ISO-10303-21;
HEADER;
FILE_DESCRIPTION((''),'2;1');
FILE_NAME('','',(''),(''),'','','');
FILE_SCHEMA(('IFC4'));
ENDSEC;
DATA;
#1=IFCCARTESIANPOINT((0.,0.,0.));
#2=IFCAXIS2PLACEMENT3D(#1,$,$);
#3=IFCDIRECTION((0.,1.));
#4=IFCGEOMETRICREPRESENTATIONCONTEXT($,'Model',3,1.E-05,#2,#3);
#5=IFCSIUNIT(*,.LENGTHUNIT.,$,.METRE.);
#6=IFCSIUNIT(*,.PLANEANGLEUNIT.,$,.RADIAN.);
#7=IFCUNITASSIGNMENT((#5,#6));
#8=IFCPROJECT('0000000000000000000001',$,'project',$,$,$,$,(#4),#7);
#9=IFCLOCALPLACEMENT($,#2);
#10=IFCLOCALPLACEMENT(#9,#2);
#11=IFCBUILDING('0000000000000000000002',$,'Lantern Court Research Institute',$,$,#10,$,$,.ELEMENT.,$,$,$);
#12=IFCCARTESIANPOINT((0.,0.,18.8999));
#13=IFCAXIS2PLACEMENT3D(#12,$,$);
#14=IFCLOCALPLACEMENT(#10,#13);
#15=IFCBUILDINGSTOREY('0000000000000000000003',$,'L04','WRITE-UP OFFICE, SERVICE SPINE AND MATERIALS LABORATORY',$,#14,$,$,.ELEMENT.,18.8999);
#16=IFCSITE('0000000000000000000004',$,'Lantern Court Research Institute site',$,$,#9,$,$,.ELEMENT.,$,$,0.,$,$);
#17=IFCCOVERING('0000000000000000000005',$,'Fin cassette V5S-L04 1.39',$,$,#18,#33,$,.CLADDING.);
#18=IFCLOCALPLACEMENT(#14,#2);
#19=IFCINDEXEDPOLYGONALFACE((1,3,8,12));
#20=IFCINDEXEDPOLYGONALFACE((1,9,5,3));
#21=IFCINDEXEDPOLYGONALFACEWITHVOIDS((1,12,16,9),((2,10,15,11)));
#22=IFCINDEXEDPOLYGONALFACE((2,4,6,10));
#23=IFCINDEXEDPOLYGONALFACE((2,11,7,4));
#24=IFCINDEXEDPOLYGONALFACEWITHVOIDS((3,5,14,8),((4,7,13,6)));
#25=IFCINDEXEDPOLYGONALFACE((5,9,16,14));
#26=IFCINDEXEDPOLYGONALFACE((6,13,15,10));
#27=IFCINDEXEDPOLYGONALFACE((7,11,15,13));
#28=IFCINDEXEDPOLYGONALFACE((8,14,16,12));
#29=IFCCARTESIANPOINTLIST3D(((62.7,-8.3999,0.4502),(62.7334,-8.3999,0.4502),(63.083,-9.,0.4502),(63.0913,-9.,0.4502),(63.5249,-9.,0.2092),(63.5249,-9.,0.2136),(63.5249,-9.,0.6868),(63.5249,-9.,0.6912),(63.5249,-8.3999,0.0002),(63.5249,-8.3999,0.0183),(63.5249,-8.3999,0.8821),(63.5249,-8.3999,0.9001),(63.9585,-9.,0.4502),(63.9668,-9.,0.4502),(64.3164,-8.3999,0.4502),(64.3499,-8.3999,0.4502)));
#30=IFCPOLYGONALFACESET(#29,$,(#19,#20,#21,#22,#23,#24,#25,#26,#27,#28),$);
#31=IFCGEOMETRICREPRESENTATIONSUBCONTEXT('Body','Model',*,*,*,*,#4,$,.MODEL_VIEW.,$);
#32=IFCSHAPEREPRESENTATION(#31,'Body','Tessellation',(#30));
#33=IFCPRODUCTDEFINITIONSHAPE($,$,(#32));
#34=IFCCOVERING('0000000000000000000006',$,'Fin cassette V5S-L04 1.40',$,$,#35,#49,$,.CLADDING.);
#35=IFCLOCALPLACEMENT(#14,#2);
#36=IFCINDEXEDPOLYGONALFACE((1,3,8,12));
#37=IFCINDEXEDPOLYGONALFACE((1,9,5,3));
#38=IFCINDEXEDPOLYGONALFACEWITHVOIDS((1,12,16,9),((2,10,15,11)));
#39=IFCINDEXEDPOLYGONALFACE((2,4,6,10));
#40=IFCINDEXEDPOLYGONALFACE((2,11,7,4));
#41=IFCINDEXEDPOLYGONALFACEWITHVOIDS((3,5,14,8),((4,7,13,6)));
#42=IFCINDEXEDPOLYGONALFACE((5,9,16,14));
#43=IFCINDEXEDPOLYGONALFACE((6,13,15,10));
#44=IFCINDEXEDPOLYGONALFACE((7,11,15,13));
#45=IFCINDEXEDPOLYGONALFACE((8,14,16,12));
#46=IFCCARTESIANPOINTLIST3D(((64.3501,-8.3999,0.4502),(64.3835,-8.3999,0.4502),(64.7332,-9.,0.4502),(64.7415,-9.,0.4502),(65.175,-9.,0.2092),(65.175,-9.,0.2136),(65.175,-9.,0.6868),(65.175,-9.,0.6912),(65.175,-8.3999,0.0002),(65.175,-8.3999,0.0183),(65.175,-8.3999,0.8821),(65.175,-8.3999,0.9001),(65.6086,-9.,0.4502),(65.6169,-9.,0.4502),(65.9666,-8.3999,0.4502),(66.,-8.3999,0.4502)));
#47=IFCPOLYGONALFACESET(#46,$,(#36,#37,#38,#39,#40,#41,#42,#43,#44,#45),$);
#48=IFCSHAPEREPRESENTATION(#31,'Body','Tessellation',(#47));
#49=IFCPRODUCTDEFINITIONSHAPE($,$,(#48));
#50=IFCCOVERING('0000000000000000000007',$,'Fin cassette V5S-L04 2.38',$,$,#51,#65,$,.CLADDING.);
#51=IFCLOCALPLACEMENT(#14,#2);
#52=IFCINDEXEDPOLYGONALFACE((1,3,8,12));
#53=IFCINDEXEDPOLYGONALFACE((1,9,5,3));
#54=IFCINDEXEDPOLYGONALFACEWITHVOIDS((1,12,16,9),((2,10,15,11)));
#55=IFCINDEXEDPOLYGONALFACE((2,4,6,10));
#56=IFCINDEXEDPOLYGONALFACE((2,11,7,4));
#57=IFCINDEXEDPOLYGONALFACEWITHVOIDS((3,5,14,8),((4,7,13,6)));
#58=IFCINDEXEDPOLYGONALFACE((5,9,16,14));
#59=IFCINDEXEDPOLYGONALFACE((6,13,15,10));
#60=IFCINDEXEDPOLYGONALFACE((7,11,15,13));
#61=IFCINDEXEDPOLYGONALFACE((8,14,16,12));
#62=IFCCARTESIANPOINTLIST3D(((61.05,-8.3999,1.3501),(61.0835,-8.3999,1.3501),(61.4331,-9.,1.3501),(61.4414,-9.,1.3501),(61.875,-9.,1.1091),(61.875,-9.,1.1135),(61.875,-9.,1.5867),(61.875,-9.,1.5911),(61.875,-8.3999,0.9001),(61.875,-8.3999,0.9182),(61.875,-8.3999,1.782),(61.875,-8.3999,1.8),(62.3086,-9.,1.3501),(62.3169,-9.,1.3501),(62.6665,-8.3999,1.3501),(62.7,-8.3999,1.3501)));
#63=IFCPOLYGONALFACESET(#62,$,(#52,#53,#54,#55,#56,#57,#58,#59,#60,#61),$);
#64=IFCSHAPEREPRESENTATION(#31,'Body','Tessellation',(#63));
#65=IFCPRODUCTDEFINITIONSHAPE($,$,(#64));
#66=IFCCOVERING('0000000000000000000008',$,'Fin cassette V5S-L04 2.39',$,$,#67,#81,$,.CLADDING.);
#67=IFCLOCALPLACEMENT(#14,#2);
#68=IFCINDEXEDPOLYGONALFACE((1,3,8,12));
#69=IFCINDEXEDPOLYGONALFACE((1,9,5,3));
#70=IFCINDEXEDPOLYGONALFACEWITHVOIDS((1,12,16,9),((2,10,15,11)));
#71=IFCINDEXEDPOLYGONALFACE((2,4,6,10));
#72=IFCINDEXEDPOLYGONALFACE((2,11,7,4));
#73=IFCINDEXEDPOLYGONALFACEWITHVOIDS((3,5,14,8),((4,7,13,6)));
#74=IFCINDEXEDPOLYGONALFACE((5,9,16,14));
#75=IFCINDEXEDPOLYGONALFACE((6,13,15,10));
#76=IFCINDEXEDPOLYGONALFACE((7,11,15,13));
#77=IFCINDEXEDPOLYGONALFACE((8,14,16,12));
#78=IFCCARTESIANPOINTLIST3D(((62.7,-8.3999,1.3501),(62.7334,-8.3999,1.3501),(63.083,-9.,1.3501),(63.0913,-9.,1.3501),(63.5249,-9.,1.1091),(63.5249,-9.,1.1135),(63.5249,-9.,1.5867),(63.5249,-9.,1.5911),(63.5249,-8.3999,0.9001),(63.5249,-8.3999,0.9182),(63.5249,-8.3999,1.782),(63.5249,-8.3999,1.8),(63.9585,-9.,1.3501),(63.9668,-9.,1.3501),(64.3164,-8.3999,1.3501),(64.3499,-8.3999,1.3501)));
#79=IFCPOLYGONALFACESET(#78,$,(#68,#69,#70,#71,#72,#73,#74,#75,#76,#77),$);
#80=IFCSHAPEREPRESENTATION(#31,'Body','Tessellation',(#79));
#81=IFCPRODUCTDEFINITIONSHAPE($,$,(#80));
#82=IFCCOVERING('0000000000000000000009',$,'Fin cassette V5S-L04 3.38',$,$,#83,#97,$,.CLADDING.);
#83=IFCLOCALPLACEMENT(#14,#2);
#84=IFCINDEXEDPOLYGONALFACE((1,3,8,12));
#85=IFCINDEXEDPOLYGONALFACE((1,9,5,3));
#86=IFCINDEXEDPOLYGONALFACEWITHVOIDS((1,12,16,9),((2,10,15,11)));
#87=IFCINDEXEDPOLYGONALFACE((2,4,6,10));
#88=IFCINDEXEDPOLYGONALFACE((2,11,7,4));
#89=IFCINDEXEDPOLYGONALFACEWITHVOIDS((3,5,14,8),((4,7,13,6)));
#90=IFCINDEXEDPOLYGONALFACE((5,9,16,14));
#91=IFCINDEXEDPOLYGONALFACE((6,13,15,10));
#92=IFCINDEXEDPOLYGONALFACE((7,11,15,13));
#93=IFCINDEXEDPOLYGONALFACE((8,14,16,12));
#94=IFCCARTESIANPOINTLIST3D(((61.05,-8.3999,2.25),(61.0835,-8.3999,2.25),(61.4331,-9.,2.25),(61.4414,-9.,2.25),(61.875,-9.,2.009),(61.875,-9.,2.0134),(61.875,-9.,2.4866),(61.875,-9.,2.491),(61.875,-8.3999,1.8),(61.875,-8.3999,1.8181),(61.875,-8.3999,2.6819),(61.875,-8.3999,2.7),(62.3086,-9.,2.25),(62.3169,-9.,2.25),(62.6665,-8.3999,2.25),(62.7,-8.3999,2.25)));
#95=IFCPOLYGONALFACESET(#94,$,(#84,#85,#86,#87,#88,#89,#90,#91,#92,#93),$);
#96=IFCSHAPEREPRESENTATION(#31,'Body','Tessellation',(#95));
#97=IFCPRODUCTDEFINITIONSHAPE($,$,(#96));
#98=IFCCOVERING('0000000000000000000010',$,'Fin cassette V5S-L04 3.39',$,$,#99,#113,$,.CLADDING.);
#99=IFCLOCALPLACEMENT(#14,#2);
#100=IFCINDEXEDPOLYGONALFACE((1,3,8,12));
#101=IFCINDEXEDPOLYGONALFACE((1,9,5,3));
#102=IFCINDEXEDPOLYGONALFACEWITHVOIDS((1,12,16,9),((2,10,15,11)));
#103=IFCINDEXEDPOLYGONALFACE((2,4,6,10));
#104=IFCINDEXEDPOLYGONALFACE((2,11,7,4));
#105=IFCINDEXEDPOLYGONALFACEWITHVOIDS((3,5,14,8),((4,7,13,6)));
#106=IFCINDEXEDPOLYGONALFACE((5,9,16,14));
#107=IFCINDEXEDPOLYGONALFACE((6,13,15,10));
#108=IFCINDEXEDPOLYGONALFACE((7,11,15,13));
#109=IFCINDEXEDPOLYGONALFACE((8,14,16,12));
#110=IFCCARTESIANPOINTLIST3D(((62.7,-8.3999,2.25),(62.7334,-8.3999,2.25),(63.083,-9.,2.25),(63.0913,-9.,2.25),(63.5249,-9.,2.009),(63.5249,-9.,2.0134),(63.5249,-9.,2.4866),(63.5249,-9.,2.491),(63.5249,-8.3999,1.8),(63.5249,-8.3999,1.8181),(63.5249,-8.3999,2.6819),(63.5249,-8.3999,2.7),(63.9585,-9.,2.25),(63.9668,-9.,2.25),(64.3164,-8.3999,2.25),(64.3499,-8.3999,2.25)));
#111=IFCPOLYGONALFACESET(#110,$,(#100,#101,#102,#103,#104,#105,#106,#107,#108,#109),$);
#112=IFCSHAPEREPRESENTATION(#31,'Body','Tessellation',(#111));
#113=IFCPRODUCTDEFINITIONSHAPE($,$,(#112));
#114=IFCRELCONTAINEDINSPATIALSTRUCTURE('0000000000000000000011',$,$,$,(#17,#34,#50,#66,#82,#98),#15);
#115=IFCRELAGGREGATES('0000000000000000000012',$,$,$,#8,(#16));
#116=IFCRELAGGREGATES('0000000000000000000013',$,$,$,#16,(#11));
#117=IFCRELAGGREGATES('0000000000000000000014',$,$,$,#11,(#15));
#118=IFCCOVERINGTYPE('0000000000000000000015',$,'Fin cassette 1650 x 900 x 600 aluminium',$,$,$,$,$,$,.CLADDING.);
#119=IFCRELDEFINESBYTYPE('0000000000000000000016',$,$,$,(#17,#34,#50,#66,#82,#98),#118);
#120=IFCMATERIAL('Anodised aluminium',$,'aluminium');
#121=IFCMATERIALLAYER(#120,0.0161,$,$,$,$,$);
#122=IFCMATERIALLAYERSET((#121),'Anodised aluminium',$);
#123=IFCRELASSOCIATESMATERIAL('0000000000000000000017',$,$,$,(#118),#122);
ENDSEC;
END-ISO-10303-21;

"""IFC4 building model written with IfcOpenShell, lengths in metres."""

from ifc_helpers import new_model, entity, si_unit, direction, frame, origin, place, context, subcontext, project, spatial, material, layer, layer_set, type_object, element, save


model = new_model("IFC4")

# Units and contexts
model_context = context("Model", 3, precision=1e-05, world=origin(), true_north=direction((0.0, 1.0)))
body_context = subcontext(model_context, "Body", "Model", "MODEL_VIEW")
ifc_project = project(units=[si_unit("LENGTHUNIT", "METRE"), si_unit("PLANEANGLEUNIT", "RADIAN")], contexts=[model_context])

# Site, building, storey
site_placement = place(None, origin())
site = spatial("IfcSite", under=ifc_project, at=site_placement, Name="Lantern Court Research Institute site", CompositionType="ELEMENT", RefElevation=0.0)
building_placement = place(site_placement, origin())
building = spatial("IfcBuilding", under=site, at=building_placement, Name="Lantern Court Research Institute", CompositionType="ELEMENT")
storey_placement = place(building_placement, frame((0.0, 0.0, 18.8999)))
storey = spatial("IfcBuildingStorey", under=building, at=storey_placement, Name="L04", Description="WRITE-UP OFFICE, SERVICE SPINE AND MATERIALS LABORATORY", CompositionType="ELEMENT", Elevation=18.8999)

# Coverings
ifc_material_1 = material(Name="Anodised aluminium", Category="aluminium")
ifc_layer_1 = layer(ifc_material_1, 0.0161)
ifc_layer_set_1 = layer_set([ifc_layer_1], Name="Anodised aluminium")
covering_type = type_object("IfcCoveringType", Name="Fin cassette 1650 x 900 x 600 aluminium", PredefinedType="CLADDING", material=ifc_layer_set_1)
covering_1_placement = place(storey_placement, frame((63.5249, -8.3999, 0.4502), z_axis=(0.0, -1.0, 0.0), x_axis=(1.0, 0.0, 0.0)))
cartesian_point_1 = entity("IfcCartesianPoint", [0.825, 0.0])
cartesian_point_2 = entity("IfcCartesianPoint", [0.7915, 0.0])
cartesian_point_3 = entity("IfcCartesianPoint", [0.4419, 0.0])
cartesian_point_4 = entity("IfcCartesianPoint", [0.4336, 0.0])
element("IfcCovering", 1, at=covering_1_placement, inside=storey, type_object=covering_type, Name="Fin cassette V5S-L04 1.39", PredefinedType="CLADDING", context=body_context, shape_type="SweptSolid", body=[
    entity("IfcExtrudedAreaSolidTapered", entity("IfcArbitraryProfileDefWithVoids", "AREA", None, entity("IfcPolyline", [cartesian_point_1, entity("IfcCartesianPoint", [0.0, 0.45]), entity("IfcCartesianPoint", [-0.825, 0.0]), entity("IfcCartesianPoint", [0.0, -0.45]), cartesian_point_1]), [entity("IfcPolyline", [cartesian_point_2, entity("IfcCartesianPoint", [0.0, 0.4319]), entity("IfcCartesianPoint", [-0.7915, 0.0]), entity("IfcCartesianPoint", [0.0, -0.4319]), cartesian_point_2])]), entity("IfcAxis2Placement3D", entity("IfcCartesianPoint", [0.0, 0.0, 0.0])), entity("IfcDirection", [0.0, 0.0, 1.0]), 0.6001, entity("IfcArbitraryProfileDefWithVoids", "AREA", None, entity("IfcPolyline", [cartesian_point_3, entity("IfcCartesianPoint", [0.0, 0.241]), entity("IfcCartesianPoint", [-0.4419, 0.0]), entity("IfcCartesianPoint", [0.0, -0.241]), cartesian_point_3]), [entity("IfcPolyline", [cartesian_point_4, entity("IfcCartesianPoint", [0.0, 0.2366]), entity("IfcCartesianPoint", [-0.4336, 0.0]), entity("IfcCartesianPoint", [0.0, -0.2366]), cartesian_point_4])])),
])
covering_2_placement = place(storey_placement, frame((65.175, -8.3999, 0.4502), z_axis=(0.0, -1.0, 0.0), x_axis=(1.0, 0.0, 0.0)))
cartesian_point_5 = entity("IfcCartesianPoint", [0.825, 0.0])
cartesian_point_6 = entity("IfcCartesianPoint", [0.7915, 0.0])
cartesian_point_7 = entity("IfcCartesianPoint", [0.4419, 0.0])
cartesian_point_8 = entity("IfcCartesianPoint", [0.4336, 0.0])
element("IfcCovering", 2, at=covering_2_placement, inside=storey, type_object=covering_type, Name="Fin cassette V5S-L04 1.40", PredefinedType="CLADDING", context=body_context, shape_type="SweptSolid", body=[
    entity("IfcExtrudedAreaSolidTapered", entity("IfcArbitraryProfileDefWithVoids", "AREA", None, entity("IfcPolyline", [cartesian_point_5, entity("IfcCartesianPoint", [0.0, 0.45]), entity("IfcCartesianPoint", [-0.825, 0.0]), entity("IfcCartesianPoint", [0.0, -0.45]), cartesian_point_5]), [entity("IfcPolyline", [cartesian_point_6, entity("IfcCartesianPoint", [0.0, 0.4319]), entity("IfcCartesianPoint", [-0.7915, 0.0]), entity("IfcCartesianPoint", [0.0, -0.4319]), cartesian_point_6])]), entity("IfcAxis2Placement3D", entity("IfcCartesianPoint", [0.0, 0.0, 0.0])), entity("IfcDirection", [0.0, 0.0, 1.0]), 0.6001, entity("IfcArbitraryProfileDefWithVoids", "AREA", None, entity("IfcPolyline", [cartesian_point_7, entity("IfcCartesianPoint", [0.0, 0.241]), entity("IfcCartesianPoint", [-0.4419, 0.0]), entity("IfcCartesianPoint", [0.0, -0.241]), cartesian_point_7]), [entity("IfcPolyline", [cartesian_point_8, entity("IfcCartesianPoint", [0.0, 0.2366]), entity("IfcCartesianPoint", [-0.4336, 0.0]), entity("IfcCartesianPoint", [0.0, -0.2366]), cartesian_point_8])])),
])
covering_3_placement = place(storey_placement, frame((61.875, -8.3999, 1.3501), z_axis=(0.0, -1.0, 0.0), x_axis=(1.0, 0.0, 0.0)))
cartesian_point_9 = entity("IfcCartesianPoint", [0.825, 0.0])
cartesian_point_10 = entity("IfcCartesianPoint", [0.7915, 0.0])
cartesian_point_11 = entity("IfcCartesianPoint", [0.4419, 0.0])
cartesian_point_12 = entity("IfcCartesianPoint", [0.4336, 0.0])
element("IfcCovering", 3, at=covering_3_placement, inside=storey, type_object=covering_type, Name="Fin cassette V5S-L04 2.38", PredefinedType="CLADDING", context=body_context, shape_type="SweptSolid", body=[
    entity("IfcExtrudedAreaSolidTapered", entity("IfcArbitraryProfileDefWithVoids", "AREA", None, entity("IfcPolyline", [cartesian_point_9, entity("IfcCartesianPoint", [0.0, 0.45]), entity("IfcCartesianPoint", [-0.825, 0.0]), entity("IfcCartesianPoint", [0.0, -0.45]), cartesian_point_9]), [entity("IfcPolyline", [cartesian_point_10, entity("IfcCartesianPoint", [0.0, 0.4319]), entity("IfcCartesianPoint", [-0.7915, 0.0]), entity("IfcCartesianPoint", [0.0, -0.4319]), cartesian_point_10])]), entity("IfcAxis2Placement3D", entity("IfcCartesianPoint", [0.0, 0.0, 0.0])), entity("IfcDirection", [0.0, 0.0, 1.0]), 0.6001, entity("IfcArbitraryProfileDefWithVoids", "AREA", None, entity("IfcPolyline", [cartesian_point_11, entity("IfcCartesianPoint", [0.0, 0.241]), entity("IfcCartesianPoint", [-0.4419, 0.0]), entity("IfcCartesianPoint", [0.0, -0.241]), cartesian_point_11]), [entity("IfcPolyline", [cartesian_point_12, entity("IfcCartesianPoint", [0.0, 0.2366]), entity("IfcCartesianPoint", [-0.4336, 0.0]), entity("IfcCartesianPoint", [0.0, -0.2366]), cartesian_point_12])])),
])
covering_4_placement = place(storey_placement, frame((63.5249, -8.3999, 1.3501), z_axis=(0.0, -1.0, 0.0), x_axis=(1.0, 0.0, 0.0)))
cartesian_point_13 = entity("IfcCartesianPoint", [0.825, 0.0])
cartesian_point_14 = entity("IfcCartesianPoint", [0.7915, 0.0])
cartesian_point_15 = entity("IfcCartesianPoint", [0.4419, 0.0])
cartesian_point_16 = entity("IfcCartesianPoint", [0.4336, 0.0])
element("IfcCovering", 4, at=covering_4_placement, inside=storey, type_object=covering_type, Name="Fin cassette V5S-L04 2.39", PredefinedType="CLADDING", context=body_context, shape_type="SweptSolid", body=[
    entity("IfcExtrudedAreaSolidTapered", entity("IfcArbitraryProfileDefWithVoids", "AREA", None, entity("IfcPolyline", [cartesian_point_13, entity("IfcCartesianPoint", [0.0, 0.45]), entity("IfcCartesianPoint", [-0.825, 0.0]), entity("IfcCartesianPoint", [0.0, -0.45]), cartesian_point_13]), [entity("IfcPolyline", [cartesian_point_14, entity("IfcCartesianPoint", [0.0, 0.4319]), entity("IfcCartesianPoint", [-0.7915, 0.0]), entity("IfcCartesianPoint", [0.0, -0.4319]), cartesian_point_14])]), entity("IfcAxis2Placement3D", entity("IfcCartesianPoint", [0.0, 0.0, 0.0])), entity("IfcDirection", [0.0, 0.0, 1.0]), 0.6001, entity("IfcArbitraryProfileDefWithVoids", "AREA", None, entity("IfcPolyline", [cartesian_point_15, entity("IfcCartesianPoint", [0.0, 0.241]), entity("IfcCartesianPoint", [-0.4419, 0.0]), entity("IfcCartesianPoint", [0.0, -0.241]), cartesian_point_15]), [entity("IfcPolyline", [cartesian_point_16, entity("IfcCartesianPoint", [0.0, 0.2366]), entity("IfcCartesianPoint", [-0.4336, 0.0]), entity("IfcCartesianPoint", [0.0, -0.2366]), cartesian_point_16])])),
])
covering_5_placement = place(storey_placement, frame((61.875, -8.3999, 2.25), z_axis=(0.0, -1.0, 0.0), x_axis=(1.0, 0.0, 0.0)))
cartesian_point_17 = entity("IfcCartesianPoint", [0.825, 0.0])
cartesian_point_18 = entity("IfcCartesianPoint", [0.7915, 0.0])
cartesian_point_19 = entity("IfcCartesianPoint", [0.4419, 0.0])
cartesian_point_20 = entity("IfcCartesianPoint", [0.4336, 0.0])
element("IfcCovering", 5, at=covering_5_placement, inside=storey, type_object=covering_type, Name="Fin cassette V5S-L04 3.38", PredefinedType="CLADDING", context=body_context, shape_type="SweptSolid", body=[
    entity("IfcExtrudedAreaSolidTapered", entity("IfcArbitraryProfileDefWithVoids", "AREA", None, entity("IfcPolyline", [cartesian_point_17, entity("IfcCartesianPoint", [0.0, 0.45]), entity("IfcCartesianPoint", [-0.825, 0.0]), entity("IfcCartesianPoint", [0.0, -0.45]), cartesian_point_17]), [entity("IfcPolyline", [cartesian_point_18, entity("IfcCartesianPoint", [0.0, 0.4319]), entity("IfcCartesianPoint", [-0.7915, 0.0]), entity("IfcCartesianPoint", [0.0, -0.4319]), cartesian_point_18])]), entity("IfcAxis2Placement3D", entity("IfcCartesianPoint", [0.0, 0.0, 0.0])), entity("IfcDirection", [0.0, 0.0, 1.0]), 0.6001, entity("IfcArbitraryProfileDefWithVoids", "AREA", None, entity("IfcPolyline", [cartesian_point_19, entity("IfcCartesianPoint", [0.0, 0.241]), entity("IfcCartesianPoint", [-0.4419, 0.0]), entity("IfcCartesianPoint", [0.0, -0.241]), cartesian_point_19]), [entity("IfcPolyline", [cartesian_point_20, entity("IfcCartesianPoint", [0.0, 0.2366]), entity("IfcCartesianPoint", [-0.4336, 0.0]), entity("IfcCartesianPoint", [0.0, -0.2366]), cartesian_point_20])])),
])
covering_6_placement = place(storey_placement, frame((63.5249, -8.3999, 2.25), z_axis=(0.0, -1.0, 0.0), x_axis=(1.0, 0.0, 0.0)))
cartesian_point_21 = entity("IfcCartesianPoint", [0.825, 0.0])
cartesian_point_22 = entity("IfcCartesianPoint", [0.7915, 0.0])
cartesian_point_23 = entity("IfcCartesianPoint", [0.4419, 0.0])
cartesian_point_24 = entity("IfcCartesianPoint", [0.4336, 0.0])
element("IfcCovering", 6, at=covering_6_placement, inside=storey, type_object=covering_type, Name="Fin cassette V5S-L04 3.39", PredefinedType="CLADDING", context=body_context, shape_type="SweptSolid", body=[
    entity("IfcExtrudedAreaSolidTapered", entity("IfcArbitraryProfileDefWithVoids", "AREA", None, entity("IfcPolyline", [cartesian_point_21, entity("IfcCartesianPoint", [0.0, 0.45]), entity("IfcCartesianPoint", [-0.825, 0.0]), entity("IfcCartesianPoint", [0.0, -0.45]), cartesian_point_21]), [entity("IfcPolyline", [cartesian_point_22, entity("IfcCartesianPoint", [0.0, 0.4319]), entity("IfcCartesianPoint", [-0.7915, 0.0]), entity("IfcCartesianPoint", [0.0, -0.4319]), cartesian_point_22])]), entity("IfcAxis2Placement3D", entity("IfcCartesianPoint", [0.0, 0.0, 0.0])), entity("IfcDirection", [0.0, 0.0, 1.0]), 0.6001, entity("IfcArbitraryProfileDefWithVoids", "AREA", None, entity("IfcPolyline", [cartesian_point_23, entity("IfcCartesianPoint", [0.0, 0.241]), entity("IfcCartesianPoint", [-0.4419, 0.0]), entity("IfcCartesianPoint", [0.0, -0.241]), cartesian_point_23]), [entity("IfcPolyline", [cartesian_point_24, entity("IfcCartesianPoint", [0.0, 0.2366]), entity("IfcCartesianPoint", [-0.4336, 0.0]), entity("IfcCartesianPoint", [0.0, -0.2366]), cartesian_point_24])])),
])

save(model, "model.ifc")
